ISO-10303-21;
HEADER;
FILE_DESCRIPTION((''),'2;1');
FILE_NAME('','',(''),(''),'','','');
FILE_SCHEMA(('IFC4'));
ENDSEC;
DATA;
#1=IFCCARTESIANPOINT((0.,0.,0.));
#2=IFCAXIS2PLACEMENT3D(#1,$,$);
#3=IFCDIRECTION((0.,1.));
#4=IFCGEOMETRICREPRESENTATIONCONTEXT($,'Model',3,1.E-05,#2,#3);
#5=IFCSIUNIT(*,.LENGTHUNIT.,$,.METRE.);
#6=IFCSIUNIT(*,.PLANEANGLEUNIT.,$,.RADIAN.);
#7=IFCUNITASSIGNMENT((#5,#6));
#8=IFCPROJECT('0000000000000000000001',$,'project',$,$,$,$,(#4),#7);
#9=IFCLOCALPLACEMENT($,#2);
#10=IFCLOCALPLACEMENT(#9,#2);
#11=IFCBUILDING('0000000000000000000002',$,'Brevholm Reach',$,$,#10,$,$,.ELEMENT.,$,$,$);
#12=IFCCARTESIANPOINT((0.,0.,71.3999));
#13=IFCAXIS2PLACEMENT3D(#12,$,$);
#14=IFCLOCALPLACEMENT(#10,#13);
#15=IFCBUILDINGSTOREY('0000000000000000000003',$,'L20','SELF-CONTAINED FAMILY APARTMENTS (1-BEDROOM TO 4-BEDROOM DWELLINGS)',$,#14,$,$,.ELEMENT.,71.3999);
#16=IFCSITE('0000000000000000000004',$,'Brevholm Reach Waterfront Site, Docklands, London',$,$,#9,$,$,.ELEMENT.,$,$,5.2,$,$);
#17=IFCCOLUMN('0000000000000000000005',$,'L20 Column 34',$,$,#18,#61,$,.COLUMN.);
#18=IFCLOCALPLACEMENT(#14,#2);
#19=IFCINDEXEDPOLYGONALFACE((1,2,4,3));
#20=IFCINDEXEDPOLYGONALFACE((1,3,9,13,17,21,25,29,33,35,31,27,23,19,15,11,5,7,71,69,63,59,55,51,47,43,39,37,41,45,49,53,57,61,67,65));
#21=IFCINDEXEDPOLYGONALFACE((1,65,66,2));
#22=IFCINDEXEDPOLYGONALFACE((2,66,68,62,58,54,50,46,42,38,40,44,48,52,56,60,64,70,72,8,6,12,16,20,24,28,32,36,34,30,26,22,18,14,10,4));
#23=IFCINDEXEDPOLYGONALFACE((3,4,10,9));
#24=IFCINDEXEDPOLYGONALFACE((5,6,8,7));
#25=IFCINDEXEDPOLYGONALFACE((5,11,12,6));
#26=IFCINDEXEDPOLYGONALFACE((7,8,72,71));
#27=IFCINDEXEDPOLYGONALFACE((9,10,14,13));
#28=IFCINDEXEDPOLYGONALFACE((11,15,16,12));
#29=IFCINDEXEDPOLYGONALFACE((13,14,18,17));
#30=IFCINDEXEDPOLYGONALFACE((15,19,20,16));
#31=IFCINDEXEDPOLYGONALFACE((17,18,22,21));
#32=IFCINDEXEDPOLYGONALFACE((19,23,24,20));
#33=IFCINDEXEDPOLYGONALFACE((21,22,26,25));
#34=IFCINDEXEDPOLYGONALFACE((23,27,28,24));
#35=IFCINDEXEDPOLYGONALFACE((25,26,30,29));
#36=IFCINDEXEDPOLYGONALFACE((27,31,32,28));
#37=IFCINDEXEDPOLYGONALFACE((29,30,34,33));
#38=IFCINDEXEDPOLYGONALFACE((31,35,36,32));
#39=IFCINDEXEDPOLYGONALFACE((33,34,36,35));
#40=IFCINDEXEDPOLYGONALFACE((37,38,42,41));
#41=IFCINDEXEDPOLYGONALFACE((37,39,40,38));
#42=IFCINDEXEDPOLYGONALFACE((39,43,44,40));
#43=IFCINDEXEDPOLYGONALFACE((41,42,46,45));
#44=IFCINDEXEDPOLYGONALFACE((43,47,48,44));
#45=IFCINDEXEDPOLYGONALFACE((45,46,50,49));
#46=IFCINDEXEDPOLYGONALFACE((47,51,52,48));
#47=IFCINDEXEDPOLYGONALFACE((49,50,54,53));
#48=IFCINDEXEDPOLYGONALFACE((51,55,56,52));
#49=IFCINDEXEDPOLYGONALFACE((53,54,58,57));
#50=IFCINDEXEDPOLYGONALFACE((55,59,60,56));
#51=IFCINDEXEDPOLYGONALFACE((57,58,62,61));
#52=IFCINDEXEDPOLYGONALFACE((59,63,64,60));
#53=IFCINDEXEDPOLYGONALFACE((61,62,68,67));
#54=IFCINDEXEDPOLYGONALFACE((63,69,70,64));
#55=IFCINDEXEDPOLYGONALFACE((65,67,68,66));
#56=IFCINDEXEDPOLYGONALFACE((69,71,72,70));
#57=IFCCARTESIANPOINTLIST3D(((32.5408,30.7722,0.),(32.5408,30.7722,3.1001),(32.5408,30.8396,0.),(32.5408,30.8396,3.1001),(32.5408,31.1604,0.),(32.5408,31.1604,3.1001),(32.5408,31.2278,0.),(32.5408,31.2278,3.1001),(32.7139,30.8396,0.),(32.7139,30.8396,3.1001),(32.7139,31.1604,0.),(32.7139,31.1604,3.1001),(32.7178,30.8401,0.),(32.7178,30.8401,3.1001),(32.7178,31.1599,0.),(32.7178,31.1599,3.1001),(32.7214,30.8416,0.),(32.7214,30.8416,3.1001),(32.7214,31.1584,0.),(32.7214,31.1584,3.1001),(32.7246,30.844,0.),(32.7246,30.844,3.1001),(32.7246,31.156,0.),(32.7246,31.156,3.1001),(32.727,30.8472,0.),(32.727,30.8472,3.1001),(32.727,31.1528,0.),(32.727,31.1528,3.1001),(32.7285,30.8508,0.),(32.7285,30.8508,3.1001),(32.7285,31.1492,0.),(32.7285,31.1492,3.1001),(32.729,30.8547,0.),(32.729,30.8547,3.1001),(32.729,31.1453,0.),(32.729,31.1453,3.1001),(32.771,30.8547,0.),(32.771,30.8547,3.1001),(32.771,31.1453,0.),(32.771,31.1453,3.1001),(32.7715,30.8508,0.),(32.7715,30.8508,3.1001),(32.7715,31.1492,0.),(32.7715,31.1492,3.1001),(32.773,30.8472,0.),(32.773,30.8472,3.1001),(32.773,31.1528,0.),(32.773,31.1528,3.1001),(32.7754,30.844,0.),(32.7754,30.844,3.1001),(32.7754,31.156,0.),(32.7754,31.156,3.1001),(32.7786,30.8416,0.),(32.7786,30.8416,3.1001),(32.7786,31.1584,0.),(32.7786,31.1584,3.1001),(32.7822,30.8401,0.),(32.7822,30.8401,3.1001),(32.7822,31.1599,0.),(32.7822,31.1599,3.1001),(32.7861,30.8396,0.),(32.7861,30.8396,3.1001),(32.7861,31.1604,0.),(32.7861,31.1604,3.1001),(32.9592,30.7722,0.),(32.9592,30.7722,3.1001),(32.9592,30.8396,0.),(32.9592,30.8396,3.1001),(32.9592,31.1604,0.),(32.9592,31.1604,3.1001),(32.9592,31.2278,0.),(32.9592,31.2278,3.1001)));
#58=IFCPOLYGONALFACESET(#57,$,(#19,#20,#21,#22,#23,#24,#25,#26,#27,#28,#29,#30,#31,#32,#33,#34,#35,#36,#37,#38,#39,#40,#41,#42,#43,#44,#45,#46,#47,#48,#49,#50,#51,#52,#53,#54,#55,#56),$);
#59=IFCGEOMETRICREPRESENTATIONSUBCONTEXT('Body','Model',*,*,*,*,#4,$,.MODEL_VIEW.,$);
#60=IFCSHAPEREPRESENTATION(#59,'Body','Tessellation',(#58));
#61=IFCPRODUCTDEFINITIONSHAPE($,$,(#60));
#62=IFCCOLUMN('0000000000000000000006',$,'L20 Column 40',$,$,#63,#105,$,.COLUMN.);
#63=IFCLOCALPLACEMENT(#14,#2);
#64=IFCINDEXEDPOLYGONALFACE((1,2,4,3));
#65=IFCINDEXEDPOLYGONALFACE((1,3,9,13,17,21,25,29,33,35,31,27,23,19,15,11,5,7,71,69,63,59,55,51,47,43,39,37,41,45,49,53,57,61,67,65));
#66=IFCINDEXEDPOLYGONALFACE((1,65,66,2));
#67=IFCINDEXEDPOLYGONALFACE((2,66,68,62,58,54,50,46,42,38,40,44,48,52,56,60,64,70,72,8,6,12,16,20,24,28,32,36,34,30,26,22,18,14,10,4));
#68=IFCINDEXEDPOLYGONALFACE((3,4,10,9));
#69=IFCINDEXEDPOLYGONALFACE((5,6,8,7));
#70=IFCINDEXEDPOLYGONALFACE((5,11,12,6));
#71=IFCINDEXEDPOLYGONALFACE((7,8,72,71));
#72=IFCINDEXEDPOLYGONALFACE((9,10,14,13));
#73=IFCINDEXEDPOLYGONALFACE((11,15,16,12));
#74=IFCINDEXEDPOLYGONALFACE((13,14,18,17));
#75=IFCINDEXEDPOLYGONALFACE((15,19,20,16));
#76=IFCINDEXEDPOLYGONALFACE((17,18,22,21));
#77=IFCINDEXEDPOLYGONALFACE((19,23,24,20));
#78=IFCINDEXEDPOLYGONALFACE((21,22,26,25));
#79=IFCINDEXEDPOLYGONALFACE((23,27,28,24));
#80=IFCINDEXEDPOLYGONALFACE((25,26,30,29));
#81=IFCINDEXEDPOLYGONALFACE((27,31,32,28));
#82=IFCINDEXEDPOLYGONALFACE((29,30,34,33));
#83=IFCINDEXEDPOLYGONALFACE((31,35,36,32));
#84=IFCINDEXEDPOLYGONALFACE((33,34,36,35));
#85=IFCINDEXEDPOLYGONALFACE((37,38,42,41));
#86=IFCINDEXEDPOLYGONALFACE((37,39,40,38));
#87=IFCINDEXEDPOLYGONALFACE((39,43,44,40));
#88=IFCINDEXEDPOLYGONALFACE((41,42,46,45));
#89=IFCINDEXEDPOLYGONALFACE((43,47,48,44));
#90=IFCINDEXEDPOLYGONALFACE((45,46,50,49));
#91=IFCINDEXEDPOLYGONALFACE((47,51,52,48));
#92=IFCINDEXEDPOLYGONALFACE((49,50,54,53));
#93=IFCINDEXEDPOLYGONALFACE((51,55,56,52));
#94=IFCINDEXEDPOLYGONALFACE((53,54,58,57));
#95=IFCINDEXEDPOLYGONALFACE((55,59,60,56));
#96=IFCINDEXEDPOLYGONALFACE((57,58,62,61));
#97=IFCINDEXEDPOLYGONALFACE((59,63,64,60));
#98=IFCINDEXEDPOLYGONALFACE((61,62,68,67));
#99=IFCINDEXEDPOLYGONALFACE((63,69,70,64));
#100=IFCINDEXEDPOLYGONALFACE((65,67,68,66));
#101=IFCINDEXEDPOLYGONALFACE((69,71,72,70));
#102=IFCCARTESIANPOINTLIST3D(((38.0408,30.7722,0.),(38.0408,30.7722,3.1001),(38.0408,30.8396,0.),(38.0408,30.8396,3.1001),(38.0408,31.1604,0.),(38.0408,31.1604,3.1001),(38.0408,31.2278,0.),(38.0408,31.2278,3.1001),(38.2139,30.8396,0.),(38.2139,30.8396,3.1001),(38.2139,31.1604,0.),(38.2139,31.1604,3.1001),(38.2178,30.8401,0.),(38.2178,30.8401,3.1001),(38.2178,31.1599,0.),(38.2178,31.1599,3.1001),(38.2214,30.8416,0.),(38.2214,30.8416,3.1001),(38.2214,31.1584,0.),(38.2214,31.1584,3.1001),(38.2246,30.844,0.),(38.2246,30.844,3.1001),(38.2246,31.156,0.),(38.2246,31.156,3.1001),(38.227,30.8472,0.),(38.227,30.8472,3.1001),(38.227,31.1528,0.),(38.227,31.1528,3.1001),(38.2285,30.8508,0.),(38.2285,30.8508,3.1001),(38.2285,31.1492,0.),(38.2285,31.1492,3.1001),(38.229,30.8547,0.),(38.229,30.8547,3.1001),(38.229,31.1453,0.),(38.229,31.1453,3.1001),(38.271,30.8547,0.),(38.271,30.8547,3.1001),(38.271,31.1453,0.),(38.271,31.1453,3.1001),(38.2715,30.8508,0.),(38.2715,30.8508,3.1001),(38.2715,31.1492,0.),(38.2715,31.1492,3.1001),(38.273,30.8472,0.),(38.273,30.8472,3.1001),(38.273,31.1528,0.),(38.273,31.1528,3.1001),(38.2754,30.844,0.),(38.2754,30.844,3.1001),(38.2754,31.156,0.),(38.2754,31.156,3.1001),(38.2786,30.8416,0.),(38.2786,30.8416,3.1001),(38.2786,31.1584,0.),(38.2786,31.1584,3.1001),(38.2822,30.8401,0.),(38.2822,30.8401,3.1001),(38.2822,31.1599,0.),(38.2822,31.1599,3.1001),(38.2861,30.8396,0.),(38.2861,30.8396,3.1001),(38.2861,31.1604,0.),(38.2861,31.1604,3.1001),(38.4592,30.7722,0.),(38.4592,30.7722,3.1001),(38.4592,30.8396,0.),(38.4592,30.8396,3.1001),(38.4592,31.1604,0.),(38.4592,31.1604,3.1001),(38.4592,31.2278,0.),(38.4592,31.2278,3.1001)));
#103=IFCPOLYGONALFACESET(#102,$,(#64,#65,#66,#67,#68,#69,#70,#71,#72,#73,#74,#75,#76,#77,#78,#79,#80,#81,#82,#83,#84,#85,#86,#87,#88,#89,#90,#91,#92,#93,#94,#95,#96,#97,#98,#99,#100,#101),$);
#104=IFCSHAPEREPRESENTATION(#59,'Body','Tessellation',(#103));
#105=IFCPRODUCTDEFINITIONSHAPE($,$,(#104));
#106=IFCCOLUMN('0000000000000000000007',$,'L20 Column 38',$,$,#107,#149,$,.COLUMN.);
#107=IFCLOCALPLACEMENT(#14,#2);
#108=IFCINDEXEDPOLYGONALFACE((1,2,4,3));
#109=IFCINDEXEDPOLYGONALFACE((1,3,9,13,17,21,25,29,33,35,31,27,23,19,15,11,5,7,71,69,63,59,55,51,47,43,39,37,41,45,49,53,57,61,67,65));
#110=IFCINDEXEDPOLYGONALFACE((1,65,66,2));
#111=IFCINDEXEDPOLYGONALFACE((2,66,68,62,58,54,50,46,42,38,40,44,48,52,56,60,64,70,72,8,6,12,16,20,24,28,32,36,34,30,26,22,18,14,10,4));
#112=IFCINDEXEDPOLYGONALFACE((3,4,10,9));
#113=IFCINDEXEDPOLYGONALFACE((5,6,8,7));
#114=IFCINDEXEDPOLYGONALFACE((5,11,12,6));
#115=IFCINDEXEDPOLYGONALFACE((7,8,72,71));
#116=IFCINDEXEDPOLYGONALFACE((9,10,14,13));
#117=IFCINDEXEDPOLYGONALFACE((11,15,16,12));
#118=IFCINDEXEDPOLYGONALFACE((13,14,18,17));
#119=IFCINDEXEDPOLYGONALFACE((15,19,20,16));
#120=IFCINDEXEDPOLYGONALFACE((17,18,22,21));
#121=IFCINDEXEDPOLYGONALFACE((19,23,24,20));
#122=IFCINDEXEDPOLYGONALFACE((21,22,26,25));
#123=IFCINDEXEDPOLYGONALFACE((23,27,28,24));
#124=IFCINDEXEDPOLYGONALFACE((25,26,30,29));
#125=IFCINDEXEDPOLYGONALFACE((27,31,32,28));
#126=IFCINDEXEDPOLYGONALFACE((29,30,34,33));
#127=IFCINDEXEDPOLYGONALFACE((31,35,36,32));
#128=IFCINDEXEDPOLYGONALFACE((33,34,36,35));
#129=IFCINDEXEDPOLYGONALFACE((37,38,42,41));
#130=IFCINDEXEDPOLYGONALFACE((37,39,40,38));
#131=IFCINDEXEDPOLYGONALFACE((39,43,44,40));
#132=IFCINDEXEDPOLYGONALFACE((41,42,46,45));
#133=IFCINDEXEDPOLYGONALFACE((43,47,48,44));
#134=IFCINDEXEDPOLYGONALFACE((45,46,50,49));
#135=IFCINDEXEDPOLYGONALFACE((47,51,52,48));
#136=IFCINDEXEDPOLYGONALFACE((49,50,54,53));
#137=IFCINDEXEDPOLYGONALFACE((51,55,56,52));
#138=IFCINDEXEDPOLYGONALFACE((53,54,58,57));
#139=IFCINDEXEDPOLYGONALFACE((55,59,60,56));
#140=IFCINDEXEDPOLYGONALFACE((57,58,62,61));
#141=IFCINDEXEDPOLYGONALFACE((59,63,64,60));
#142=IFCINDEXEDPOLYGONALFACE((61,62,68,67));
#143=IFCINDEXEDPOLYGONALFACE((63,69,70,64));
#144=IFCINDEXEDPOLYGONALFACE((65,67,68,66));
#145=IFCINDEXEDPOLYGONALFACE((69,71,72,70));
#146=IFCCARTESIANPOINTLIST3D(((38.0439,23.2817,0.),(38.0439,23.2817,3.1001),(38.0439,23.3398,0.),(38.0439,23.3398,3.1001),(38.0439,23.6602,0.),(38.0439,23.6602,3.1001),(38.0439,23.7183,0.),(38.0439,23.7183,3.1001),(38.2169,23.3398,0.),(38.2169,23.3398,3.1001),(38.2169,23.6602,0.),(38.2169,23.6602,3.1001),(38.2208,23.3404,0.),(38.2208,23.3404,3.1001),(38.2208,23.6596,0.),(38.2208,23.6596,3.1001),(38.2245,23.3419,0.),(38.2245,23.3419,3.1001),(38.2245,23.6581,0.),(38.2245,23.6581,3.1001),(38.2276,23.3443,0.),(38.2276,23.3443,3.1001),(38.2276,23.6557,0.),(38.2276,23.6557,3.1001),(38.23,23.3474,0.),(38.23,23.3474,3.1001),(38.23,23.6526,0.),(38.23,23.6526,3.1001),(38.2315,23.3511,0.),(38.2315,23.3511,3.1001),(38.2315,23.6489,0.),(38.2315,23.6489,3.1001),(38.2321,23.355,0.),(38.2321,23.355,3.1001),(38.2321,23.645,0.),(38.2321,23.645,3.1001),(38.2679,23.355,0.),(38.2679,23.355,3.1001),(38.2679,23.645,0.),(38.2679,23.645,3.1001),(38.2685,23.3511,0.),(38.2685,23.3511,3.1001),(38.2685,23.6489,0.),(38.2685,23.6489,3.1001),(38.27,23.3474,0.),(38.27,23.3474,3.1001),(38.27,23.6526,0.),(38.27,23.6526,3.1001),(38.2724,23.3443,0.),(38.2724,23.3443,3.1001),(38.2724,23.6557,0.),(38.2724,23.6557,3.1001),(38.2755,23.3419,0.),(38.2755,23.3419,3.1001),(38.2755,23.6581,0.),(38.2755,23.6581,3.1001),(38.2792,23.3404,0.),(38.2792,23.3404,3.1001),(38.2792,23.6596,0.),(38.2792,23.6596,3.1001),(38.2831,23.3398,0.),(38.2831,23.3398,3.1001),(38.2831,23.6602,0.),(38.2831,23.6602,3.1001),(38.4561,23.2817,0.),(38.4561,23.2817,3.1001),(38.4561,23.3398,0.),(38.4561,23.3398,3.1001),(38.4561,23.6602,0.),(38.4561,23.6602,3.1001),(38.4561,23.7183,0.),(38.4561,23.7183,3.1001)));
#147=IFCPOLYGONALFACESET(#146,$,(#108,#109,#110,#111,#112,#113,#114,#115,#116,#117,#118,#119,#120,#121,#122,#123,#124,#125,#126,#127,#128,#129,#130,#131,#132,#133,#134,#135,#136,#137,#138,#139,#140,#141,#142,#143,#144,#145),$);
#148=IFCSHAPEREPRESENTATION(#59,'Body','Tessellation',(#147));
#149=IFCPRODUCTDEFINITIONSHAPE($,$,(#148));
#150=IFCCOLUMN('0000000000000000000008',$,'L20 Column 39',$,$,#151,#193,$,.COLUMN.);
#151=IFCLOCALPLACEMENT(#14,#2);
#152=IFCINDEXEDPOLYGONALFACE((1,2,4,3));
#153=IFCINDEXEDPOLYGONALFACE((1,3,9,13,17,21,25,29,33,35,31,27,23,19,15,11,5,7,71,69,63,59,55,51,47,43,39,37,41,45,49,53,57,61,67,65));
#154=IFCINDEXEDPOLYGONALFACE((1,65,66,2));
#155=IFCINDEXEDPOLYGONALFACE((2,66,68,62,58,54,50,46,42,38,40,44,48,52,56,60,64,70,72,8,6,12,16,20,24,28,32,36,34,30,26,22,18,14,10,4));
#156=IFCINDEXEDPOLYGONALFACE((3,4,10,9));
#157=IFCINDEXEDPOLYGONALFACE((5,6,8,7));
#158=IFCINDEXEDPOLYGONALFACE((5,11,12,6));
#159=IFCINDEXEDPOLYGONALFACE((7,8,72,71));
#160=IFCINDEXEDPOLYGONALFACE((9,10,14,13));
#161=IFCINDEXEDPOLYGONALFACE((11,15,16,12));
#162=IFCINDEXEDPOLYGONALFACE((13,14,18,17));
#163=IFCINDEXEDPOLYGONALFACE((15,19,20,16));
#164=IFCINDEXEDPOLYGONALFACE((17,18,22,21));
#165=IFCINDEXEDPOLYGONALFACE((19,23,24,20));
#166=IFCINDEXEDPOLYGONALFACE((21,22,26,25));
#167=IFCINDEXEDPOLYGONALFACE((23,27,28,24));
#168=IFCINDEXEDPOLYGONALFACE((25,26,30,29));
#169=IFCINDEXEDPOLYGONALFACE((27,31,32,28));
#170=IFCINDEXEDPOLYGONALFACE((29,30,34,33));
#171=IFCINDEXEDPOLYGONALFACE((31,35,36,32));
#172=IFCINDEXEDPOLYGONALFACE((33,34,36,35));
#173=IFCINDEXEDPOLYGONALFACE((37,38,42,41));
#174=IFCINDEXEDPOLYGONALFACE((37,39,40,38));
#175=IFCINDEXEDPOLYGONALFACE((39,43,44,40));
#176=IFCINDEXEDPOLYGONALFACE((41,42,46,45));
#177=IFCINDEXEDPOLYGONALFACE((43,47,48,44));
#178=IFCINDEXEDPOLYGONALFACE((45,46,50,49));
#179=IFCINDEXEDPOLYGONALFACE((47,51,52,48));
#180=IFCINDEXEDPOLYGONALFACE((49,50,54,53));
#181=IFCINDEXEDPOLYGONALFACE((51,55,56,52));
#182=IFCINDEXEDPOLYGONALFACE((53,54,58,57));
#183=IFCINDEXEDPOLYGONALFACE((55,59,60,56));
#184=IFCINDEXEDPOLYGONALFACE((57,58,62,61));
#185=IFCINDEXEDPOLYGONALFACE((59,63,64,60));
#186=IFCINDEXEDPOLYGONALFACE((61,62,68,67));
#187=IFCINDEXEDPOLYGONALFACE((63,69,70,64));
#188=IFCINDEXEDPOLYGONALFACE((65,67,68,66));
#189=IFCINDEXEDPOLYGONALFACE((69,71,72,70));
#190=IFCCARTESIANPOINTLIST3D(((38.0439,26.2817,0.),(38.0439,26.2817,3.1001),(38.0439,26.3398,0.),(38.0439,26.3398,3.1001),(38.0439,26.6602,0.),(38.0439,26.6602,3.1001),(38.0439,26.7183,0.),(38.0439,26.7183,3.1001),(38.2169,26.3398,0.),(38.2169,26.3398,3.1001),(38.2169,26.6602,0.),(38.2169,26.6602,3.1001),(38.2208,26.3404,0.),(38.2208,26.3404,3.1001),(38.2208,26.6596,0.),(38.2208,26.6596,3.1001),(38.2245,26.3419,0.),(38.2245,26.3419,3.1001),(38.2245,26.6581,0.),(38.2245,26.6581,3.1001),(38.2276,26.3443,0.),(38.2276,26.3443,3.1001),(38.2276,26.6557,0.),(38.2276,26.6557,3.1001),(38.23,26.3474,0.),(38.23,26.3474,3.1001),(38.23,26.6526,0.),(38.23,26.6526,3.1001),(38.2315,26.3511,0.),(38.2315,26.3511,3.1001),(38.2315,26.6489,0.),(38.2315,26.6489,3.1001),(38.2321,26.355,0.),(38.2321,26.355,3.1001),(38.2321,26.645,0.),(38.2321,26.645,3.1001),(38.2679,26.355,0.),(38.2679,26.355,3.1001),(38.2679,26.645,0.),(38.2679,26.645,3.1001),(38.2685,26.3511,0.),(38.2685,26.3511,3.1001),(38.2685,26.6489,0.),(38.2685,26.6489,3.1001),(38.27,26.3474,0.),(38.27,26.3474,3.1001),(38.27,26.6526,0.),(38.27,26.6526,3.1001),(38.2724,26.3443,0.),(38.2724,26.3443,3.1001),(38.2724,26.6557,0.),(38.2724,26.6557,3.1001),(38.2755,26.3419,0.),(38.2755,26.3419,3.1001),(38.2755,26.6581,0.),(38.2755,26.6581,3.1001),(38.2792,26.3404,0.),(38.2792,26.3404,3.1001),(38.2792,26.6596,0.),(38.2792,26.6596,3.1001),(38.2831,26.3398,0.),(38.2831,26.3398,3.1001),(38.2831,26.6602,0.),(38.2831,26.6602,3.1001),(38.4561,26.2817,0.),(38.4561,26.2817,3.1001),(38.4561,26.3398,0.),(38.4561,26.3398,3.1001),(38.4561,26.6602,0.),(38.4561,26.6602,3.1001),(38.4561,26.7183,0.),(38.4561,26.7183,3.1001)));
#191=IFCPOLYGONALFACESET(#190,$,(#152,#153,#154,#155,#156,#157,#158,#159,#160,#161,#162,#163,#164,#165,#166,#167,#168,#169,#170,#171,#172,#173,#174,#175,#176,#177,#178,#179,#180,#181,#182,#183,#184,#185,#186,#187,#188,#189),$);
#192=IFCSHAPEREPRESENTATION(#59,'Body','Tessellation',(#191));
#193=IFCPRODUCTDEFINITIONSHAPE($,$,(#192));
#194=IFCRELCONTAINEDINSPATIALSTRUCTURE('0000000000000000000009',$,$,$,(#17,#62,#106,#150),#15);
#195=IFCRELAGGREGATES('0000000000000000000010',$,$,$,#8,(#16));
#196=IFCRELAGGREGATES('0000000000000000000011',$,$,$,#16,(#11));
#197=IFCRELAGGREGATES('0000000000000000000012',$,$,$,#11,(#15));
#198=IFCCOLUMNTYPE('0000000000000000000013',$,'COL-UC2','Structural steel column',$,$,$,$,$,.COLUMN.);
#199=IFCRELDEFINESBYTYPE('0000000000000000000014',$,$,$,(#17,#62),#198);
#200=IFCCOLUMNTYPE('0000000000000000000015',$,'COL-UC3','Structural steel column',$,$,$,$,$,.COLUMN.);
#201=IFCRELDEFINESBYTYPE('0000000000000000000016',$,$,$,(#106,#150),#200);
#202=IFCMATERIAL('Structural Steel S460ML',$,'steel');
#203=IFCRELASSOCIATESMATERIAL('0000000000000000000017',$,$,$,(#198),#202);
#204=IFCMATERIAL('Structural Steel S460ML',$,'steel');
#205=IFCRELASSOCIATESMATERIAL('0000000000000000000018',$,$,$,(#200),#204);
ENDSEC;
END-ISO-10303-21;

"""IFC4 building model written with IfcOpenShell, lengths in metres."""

from ifc_helpers import new_model, si_unit, direction, frame, origin, origin_2d, place, context, subcontext, project, spatial, i_section, extrude, material, material_profile, profile_set, type_object, element, save


model = new_model("IFC4")

# Units and contexts
model_context = context("Model", 3, precision=1e-05, world=origin(), true_north=direction((0.0, 1.0)))
body_context = subcontext(model_context, "Body", "Model", "MODEL_VIEW")
ifc_project = project(units=[si_unit("LENGTHUNIT", "METRE"), si_unit("PLANEANGLEUNIT", "RADIAN")], contexts=[model_context])

# Site, building, storey
site_placement = place(None, origin())
site = spatial("IfcSite", under=ifc_project, at=site_placement, Name="Brevholm Reach Waterfront Site, Docklands, London", CompositionType="ELEMENT", RefElevation=5.2)
building_placement = place(site_placement, origin())
building = spatial("IfcBuilding", under=site, at=building_placement, Name="Brevholm Reach", CompositionType="ELEMENT")
storey_placement = place(building_placement, frame((0.0, 0.0, 71.3999)))
storey = spatial("IfcBuildingStorey", under=building, at=storey_placement, Name="L20", Description="SELF-CONTAINED FAMILY APARTMENTS (1-BEDROOM TO 4-BEDROOM DWELLINGS)", CompositionType="ELEMENT", Elevation=71.3999)

# Columns
ifc_material_1 = material(Name="Structural Steel S460ML", Category="steel")
ifc_material_profile_1 = material_profile(ifc_material_1, i_section(OverallWidth=0.4185, OverallDepth=0.4556, WebThickness=0.042, FlangeThickness=0.0674, FilletRadius=0.0151, at=origin_2d()), Name="UKC 356x406x551")
ifc_profile_set_1 = profile_set([ifc_material_profile_1], Name="Structural Steel S460ML")
column_type_1 = type_object("IfcColumnType", Name="COL-UC2", Description="Structural steel column", PredefinedType="COLUMN", material=ifc_profile_set_1)
for number, where, z_axis, x_axis, name in (
    (1, (32.75, 31.0, 0.0), (0.0, 0.0, 1.0), (1.0, 0.0, 0.0), "L20 Column 34"),
    (2, (38.25, 31.0, 0.0), (0.0, 0.0, 1.0), (1.0, 0.0, 0.0), "L20 Column 40"),
):
    element("IfcColumn", number, at=place(storey_placement, frame(where, z_axis=z_axis, x_axis=x_axis)), inside=storey, type_object=column_type_1, Name=name, PredefinedType="COLUMN", context=body_context, shape_type="SweptSolid", body=[
        extrude(i_section(OverallWidth=0.4185, OverallDepth=0.4556, WebThickness=0.042, FlangeThickness=0.0674, FilletRadius=0.0151, at=origin_2d()), origin(), (0.0, 0.0, 1.0), 3.1001),
    ])
ifc_material_2 = material(Name="Structural Steel S460ML", Category="steel")
ifc_material_profile_2 = material_profile(ifc_material_2, i_section(OverallWidth=0.4121, OverallDepth=0.4365, WebThickness=0.0359, FlangeThickness=0.0581, FilletRadius=0.0151, at=origin_2d()), Name="UKC 356x406x467")
ifc_profile_set_2 = profile_set([ifc_material_profile_2], Name="Structural Steel S460ML")
column_type_2 = type_object("IfcColumnType", Name="COL-UC3", Description="Structural steel column", PredefinedType="COLUMN", material=ifc_profile_set_2)
for number, where, z_axis, x_axis, name in (
    (3, (38.25, 23.5, 0.0), (0.0, 0.0, 1.0), (1.0, 0.0, 0.0), "L20 Column 38"),
    (4, (38.25, 26.5, 0.0), (0.0, 0.0, 1.0), (1.0, 0.0, 0.0), "L20 Column 39"),
):
    element("IfcColumn", number, at=place(storey_placement, frame(where, z_axis=z_axis, x_axis=x_axis)), inside=storey, type_object=column_type_2, Name=name, PredefinedType="COLUMN", context=body_context, shape_type="SweptSolid", body=[
        extrude(i_section(OverallWidth=0.4121, OverallDepth=0.4365, WebThickness=0.0359, FlangeThickness=0.0581, FilletRadius=0.0151, at=origin_2d()), origin(), (0.0, 0.0, 1.0), 3.1001),
    ])

save(model, "model.ifc")
